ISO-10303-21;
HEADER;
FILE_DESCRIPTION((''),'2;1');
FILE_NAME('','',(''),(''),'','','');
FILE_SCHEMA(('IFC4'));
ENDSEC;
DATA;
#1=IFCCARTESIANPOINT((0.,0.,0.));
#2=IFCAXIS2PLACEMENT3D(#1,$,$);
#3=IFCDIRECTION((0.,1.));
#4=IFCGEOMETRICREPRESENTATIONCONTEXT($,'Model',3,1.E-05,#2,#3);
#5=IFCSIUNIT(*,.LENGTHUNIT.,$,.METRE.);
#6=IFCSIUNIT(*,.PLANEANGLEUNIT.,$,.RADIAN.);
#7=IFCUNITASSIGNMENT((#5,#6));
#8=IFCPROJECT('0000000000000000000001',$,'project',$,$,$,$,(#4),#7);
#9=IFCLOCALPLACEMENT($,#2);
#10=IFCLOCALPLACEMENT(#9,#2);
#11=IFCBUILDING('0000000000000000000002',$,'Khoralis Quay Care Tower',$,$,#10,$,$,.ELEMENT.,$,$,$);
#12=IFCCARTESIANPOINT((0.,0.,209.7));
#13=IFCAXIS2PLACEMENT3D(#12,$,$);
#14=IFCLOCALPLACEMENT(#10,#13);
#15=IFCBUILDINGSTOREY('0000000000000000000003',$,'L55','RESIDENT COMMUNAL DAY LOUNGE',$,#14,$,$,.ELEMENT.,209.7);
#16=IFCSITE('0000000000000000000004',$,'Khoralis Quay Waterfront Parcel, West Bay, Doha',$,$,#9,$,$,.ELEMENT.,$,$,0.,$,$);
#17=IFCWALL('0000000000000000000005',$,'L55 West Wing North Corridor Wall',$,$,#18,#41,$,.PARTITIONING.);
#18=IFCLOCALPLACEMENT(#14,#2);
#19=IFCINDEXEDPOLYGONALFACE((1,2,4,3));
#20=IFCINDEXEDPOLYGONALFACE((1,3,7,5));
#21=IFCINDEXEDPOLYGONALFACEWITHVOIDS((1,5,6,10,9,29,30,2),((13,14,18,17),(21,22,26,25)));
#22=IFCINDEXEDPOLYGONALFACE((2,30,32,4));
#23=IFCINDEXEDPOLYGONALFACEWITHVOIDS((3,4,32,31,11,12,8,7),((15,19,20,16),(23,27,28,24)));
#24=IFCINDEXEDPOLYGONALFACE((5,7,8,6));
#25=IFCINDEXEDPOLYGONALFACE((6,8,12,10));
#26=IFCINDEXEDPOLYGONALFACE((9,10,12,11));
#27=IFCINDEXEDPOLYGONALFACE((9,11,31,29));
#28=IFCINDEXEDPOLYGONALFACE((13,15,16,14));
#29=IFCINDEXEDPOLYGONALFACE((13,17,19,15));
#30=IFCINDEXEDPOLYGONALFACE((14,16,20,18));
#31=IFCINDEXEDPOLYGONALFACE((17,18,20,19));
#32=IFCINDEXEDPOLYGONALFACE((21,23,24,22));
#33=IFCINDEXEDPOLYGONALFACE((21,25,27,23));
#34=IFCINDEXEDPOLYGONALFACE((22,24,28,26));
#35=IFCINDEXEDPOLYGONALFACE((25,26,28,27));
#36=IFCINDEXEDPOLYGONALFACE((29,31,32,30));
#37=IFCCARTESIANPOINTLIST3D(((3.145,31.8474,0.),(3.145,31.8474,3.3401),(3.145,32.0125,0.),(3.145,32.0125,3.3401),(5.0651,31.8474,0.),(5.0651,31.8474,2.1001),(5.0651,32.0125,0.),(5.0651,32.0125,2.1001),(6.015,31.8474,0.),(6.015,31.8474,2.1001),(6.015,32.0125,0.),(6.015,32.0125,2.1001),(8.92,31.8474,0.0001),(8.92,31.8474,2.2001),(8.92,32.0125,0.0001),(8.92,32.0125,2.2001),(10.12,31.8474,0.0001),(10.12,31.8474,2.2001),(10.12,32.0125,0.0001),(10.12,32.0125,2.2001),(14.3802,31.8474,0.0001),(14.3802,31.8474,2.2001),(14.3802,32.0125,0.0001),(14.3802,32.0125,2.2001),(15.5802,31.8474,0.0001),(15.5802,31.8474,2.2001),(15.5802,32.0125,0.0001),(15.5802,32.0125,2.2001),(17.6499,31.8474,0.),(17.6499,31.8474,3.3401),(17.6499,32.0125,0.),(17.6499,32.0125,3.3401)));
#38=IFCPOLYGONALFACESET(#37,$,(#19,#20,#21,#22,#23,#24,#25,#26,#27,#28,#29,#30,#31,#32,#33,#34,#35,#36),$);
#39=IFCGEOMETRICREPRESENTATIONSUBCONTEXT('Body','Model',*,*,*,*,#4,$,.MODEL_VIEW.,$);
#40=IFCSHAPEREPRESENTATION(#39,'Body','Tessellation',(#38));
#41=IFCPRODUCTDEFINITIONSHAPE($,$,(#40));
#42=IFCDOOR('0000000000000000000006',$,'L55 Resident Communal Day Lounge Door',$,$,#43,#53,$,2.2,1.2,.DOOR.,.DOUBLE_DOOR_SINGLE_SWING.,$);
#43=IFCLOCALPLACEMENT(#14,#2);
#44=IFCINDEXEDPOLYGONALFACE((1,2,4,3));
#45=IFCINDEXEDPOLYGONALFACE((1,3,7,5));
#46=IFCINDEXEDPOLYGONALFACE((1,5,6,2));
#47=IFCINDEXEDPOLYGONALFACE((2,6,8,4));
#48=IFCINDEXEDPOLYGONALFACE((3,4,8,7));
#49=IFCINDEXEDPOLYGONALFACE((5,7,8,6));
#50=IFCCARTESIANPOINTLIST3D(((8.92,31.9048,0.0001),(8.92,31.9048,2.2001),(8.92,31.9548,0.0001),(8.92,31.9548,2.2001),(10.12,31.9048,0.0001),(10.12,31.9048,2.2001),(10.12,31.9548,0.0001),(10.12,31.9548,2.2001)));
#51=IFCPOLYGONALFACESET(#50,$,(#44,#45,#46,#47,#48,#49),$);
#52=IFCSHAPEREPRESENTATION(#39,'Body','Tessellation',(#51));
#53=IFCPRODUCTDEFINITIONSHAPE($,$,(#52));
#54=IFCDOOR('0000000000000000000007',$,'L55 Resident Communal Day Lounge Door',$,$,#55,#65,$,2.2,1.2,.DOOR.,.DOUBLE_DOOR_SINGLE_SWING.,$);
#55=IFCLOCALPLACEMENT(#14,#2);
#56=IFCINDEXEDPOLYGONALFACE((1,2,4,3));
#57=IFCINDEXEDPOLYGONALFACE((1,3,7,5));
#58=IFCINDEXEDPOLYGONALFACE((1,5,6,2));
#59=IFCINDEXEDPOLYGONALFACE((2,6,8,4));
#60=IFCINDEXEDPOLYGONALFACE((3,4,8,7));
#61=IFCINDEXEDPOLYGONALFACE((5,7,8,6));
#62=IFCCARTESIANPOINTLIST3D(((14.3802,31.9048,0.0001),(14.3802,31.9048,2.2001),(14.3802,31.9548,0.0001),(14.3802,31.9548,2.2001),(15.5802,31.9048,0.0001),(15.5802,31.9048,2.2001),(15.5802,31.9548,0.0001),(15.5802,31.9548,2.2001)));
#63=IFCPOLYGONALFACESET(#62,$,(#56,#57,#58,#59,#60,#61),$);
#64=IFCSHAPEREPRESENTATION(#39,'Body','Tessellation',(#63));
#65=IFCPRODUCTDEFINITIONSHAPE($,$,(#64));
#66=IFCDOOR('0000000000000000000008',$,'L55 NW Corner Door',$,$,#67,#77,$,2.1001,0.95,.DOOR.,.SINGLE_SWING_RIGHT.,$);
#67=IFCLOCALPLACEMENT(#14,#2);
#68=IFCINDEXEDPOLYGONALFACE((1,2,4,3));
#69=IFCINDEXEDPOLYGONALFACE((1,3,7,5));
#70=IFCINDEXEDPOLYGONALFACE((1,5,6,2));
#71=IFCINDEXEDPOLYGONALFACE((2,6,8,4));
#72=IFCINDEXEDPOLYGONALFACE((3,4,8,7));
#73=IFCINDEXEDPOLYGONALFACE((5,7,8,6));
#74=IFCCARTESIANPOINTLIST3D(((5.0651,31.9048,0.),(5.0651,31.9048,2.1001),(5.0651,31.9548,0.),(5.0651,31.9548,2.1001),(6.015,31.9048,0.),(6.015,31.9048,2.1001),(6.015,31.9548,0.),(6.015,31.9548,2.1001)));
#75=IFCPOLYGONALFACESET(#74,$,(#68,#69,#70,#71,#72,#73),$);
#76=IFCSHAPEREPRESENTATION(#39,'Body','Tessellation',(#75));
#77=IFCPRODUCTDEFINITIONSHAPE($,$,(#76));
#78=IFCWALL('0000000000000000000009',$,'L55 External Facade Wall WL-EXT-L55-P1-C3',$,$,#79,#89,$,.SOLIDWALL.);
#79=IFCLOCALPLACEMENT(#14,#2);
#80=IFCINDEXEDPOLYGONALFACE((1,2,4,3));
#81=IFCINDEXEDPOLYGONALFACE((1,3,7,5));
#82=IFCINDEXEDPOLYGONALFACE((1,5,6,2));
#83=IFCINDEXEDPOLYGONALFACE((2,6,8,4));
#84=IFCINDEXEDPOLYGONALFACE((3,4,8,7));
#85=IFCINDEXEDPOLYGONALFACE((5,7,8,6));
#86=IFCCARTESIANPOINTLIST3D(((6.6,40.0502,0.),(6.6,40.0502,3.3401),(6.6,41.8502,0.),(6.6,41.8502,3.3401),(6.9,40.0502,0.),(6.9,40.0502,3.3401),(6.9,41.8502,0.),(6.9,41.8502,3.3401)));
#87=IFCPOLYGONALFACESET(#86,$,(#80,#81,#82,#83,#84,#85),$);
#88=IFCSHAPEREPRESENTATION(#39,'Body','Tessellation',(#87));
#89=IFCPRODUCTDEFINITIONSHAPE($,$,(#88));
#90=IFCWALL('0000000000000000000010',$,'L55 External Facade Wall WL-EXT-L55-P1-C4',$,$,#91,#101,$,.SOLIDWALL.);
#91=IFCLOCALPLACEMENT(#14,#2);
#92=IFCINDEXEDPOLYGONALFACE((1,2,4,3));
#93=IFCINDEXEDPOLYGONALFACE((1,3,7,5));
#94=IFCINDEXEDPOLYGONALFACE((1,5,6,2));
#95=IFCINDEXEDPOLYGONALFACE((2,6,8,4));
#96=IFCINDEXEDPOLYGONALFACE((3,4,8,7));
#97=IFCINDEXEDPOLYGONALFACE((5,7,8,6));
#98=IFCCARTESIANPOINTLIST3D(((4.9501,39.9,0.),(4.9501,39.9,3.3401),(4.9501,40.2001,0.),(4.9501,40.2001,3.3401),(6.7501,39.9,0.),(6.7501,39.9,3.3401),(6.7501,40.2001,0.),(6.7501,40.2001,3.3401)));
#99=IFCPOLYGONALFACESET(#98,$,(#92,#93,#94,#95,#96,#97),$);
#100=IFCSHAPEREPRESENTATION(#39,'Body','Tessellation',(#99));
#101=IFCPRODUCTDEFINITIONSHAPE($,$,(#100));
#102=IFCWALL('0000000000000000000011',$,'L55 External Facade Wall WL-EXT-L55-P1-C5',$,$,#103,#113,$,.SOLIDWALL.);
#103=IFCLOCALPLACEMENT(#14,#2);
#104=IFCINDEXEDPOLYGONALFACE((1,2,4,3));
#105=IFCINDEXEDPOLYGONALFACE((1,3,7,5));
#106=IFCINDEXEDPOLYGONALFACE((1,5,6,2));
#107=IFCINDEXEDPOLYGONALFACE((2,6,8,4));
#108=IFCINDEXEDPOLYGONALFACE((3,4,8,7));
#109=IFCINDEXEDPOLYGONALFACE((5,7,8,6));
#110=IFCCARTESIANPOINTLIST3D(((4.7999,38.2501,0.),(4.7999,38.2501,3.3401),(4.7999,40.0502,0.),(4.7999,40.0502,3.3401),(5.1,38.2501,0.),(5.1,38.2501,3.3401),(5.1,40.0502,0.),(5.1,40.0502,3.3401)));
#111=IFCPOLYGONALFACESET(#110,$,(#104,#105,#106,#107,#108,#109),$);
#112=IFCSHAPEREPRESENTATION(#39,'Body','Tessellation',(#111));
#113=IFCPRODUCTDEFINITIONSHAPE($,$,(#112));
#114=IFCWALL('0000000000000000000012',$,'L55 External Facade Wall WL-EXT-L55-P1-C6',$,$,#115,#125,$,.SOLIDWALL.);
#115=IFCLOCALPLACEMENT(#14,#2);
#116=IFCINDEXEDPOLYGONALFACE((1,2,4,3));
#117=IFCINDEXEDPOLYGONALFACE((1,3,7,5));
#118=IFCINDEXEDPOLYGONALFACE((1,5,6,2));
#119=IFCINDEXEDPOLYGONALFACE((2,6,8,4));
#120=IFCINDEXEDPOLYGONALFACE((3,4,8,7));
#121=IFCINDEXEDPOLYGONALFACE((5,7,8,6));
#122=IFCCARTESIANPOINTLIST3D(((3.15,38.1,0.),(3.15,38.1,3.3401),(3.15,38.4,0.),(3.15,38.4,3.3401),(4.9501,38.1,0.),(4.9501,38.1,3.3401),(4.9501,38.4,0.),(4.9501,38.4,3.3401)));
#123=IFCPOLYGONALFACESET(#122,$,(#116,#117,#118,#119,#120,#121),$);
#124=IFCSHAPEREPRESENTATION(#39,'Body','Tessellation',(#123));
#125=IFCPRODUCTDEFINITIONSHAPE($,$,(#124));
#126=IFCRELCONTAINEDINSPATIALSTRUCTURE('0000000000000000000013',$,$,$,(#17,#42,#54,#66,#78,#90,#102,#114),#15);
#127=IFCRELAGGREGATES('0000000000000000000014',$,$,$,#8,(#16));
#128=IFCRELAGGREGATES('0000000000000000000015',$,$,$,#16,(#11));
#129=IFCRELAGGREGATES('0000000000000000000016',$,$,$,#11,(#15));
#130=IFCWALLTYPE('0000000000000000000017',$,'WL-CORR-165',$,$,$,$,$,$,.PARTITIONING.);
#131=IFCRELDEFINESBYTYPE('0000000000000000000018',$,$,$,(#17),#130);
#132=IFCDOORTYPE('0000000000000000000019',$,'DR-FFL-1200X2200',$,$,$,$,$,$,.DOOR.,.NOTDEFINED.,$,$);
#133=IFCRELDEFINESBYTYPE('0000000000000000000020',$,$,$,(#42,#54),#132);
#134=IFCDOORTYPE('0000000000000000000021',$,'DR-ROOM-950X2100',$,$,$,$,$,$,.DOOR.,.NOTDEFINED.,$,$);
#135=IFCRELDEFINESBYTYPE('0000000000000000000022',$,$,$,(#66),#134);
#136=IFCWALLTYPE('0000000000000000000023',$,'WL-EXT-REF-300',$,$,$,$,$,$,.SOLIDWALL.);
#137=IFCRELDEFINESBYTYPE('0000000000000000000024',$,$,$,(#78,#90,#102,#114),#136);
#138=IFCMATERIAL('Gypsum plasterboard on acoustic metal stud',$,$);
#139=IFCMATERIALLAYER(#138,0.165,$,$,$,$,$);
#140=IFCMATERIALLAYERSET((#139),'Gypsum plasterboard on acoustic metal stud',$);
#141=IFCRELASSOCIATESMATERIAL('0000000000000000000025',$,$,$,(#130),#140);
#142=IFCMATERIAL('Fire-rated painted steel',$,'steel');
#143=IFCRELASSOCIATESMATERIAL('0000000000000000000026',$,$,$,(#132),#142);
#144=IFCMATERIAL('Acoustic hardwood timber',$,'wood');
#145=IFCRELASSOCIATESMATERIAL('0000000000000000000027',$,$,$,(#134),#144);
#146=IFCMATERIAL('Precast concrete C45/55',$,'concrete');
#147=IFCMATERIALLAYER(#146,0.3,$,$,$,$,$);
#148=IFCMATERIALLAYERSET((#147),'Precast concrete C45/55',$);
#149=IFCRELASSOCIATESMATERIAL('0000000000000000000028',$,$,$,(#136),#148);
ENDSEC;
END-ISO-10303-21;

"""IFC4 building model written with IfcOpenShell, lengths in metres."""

from ifc_helpers import new_model, si_unit, direction, frame, frame_2d, origin, place, context, subcontext, project, spatial, rectangle, extrude, source, transform, mapped, material, layer, layer_set, type_object, element, fill, save


model = new_model("IFC4")

# Units and contexts
model_context = context("Model", 3, precision=1e-05, world=origin(), true_north=direction((0.0, 1.0)))
body_context = subcontext(model_context, "Body", "Model", "MODEL_VIEW")
ifc_project = project(units=[si_unit("LENGTHUNIT", "METRE"), si_unit("PLANEANGLEUNIT", "RADIAN")], contexts=[model_context])

# Site, building, storey
site_placement = place(None, origin())
site = spatial("IfcSite", under=ifc_project, at=site_placement, Name="Khoralis Quay Waterfront Parcel, West Bay, Doha", CompositionType="ELEMENT", RefElevation=0.0)
building_placement = place(site_placement, origin())
building = spatial("IfcBuilding", under=site, at=building_placement, Name="Khoralis Quay Care Tower", CompositionType="ELEMENT")
storey_placement = place(building_placement, frame((0.0, 0.0, 209.7)))
storey = spatial("IfcBuildingStorey", under=building, at=storey_placement, Name="L55", Description="RESIDENT COMMUNAL DAY LOUNGE", CompositionType="ELEMENT", Elevation=209.7)

# Shared definitions
ifc_material_1 = material(Name="Gypsum plasterboard on acoustic metal stud")
ifc_layer_1 = layer(ifc_material_1, 0.165)
ifc_layer_set_1 = layer_set([ifc_layer_1], Name="Gypsum plasterboard on acoustic metal stud")
wall_type_1 = type_object("IfcWallType", Name="WL-CORR-165", PredefinedType="PARTITIONING", material=ifc_layer_set_1)
ifc_material_2 = material(Name="Fire-rated painted steel", Category="steel")
door_type_1 = type_object("IfcDoorType", Name="DR-FFL-1200X2200", OperationType="NOTDEFINED", PredefinedType="DOOR", material=ifc_material_2)
shared_shape_1 = source(origin(), body_context, "Body", "SweptSolid", [
    extrude(rectangle(XDim=1.2, YDim=2.2, at=frame_2d((0.6001, 1.1001))), frame((0.0, 0.0249, 0.0), z_axis=(0.0, -1.0, 0.0), x_axis=(1.0, 0.0, 0.0)), (0.0, 0.0, 1.0), 0.05),
])

# Wall, openings, doors
wall_1_placement = place(storey_placement, frame((3.145, 31.9299, 0.0), z_axis=(0.0, 0.0, 1.0), x_axis=(1.0, 0.0, 0.0)))
wall_1 = element("IfcWall", 1, at=wall_1_placement, inside=storey, type_object=wall_type_1, Name="L55 West Wing North Corridor Wall", PredefinedType="PARTITIONING", context=body_context, shape_type="SweptSolid", body=[
    extrude(rectangle(XDim=14.5049, YDim=0.165, at=frame_2d((7.2524, 0.0))), origin(), (0.0, 0.0, 1.0), 3.3401),
])
opening_1_placement = place(wall_1_placement, frame((5.7749, 0.0, 0.0)))
opening_1 = element("IfcOpeningElement", 2, at=opening_1_placement, cuts=wall_1, PredefinedType="OPENING", context=body_context, shape_type="SweptSolid", body=[
    extrude(rectangle(XDim=1.2, YDim=2.2, at=frame_2d((0.6001, 1.1001))), frame((0.0, 0.0925, 0.0), z_axis=(0.0, -1.0, 0.0), x_axis=(1.0, 0.0, 0.0)), (0.0, 0.0, 1.0), 0.1851),
])
opening_2_placement = place(wall_1_placement, frame((11.2351, 0.0, 0.0)))
opening_2 = element("IfcOpeningElement", 3, at=opening_2_placement, cuts=wall_1, PredefinedType="OPENING", context=body_context, shape_type="SweptSolid", body=[
    extrude(rectangle(XDim=1.2, YDim=2.2, at=frame_2d((0.6001, 1.1001))), frame((0.0, 0.0925, 0.0), z_axis=(0.0, -1.0, 0.0), x_axis=(1.0, 0.0, 0.0)), (0.0, 0.0, 1.0), 0.1851),
])
opening_3_placement = place(wall_1_placement, frame((1.9199, 0.0, 0.0)))
opening_3 = element("IfcOpeningElement", 4, at=opening_3_placement, cuts=wall_1, PredefinedType="OPENING", context=body_context, shape_type="SweptSolid", body=[
    extrude(rectangle(XDim=0.95, YDim=2.1001, at=frame_2d((0.4751, 1.05))), frame((0.0, 0.0925, 0.0), z_axis=(0.0, -1.0, 0.0), x_axis=(1.0, 0.0, 0.0)), (0.0, 0.0, 1.0), 0.1851),
])
door_1_placement = place(opening_1_placement, origin())
door_1 = element("IfcDoor", 5, at=door_1_placement, inside=storey, type_object=door_type_1, Name="L55 Resident Communal Day Lounge Door", OperationType="DOUBLE_DOOR_SINGLE_SWING", OverallHeight=2.2, OverallWidth=1.2, PredefinedType="DOOR", context=body_context, shape_type="MappedRepresentation", body=[
    mapped(shared_shape_1, transform((0.0, 0.0, 0.0), scale=1.0)),
])
fill(opening_1, door_1)
door_2_placement = place(opening_2_placement, origin())
door_2 = element("IfcDoor", 6, at=door_2_placement, inside=storey, type_object=door_type_1, Name="L55 Resident Communal Day Lounge Door", OperationType="DOUBLE_DOOR_SINGLE_SWING", OverallHeight=2.2, OverallWidth=1.2, PredefinedType="DOOR", context=body_context, shape_type="MappedRepresentation", body=[
    mapped(shared_shape_1, transform((0.0, 0.0, 0.0), scale=1.0)),
])
fill(opening_2, door_2)
ifc_material_3 = material(Name="Acoustic hardwood timber", Category="wood")
door_type_2 = type_object("IfcDoorType", Name="DR-ROOM-950X2100", OperationType="NOTDEFINED", PredefinedType="DOOR", material=ifc_material_3)
shared_shape_2 = source(origin(), body_context, "Body", "SweptSolid", [
    extrude(rectangle(XDim=0.95, YDim=2.1001, at=frame_2d((0.4751, 1.05))), frame((0.0, 0.0249, 0.0), z_axis=(0.0, -1.0, 0.0), x_axis=(1.0, 0.0, 0.0)), (0.0, 0.0, 1.0), 0.05),
])
door_3_placement = place(opening_3_placement, origin())
door_3 = element("IfcDoor", 7, at=door_3_placement, inside=storey, type_object=door_type_2, Name="L55 NW Corner Door", OperationType="SINGLE_SWING_RIGHT", OverallHeight=2.1001, OverallWidth=0.95, PredefinedType="DOOR", context=body_context, shape_type="MappedRepresentation", body=[
    mapped(shared_shape_2, transform((0.0, 0.0, 0.0), scale=1.0)),
])
fill(opening_3, door_3)

# Walls
ifc_material_4 = material(Name="Precast concrete C45/55", Category="concrete")
ifc_layer_2 = layer(ifc_material_4, 0.3)
ifc_layer_set_2 = layer_set([ifc_layer_2], Name="Precast concrete C45/55")
wall_type_2 = type_object("IfcWallType", Name="WL-EXT-REF-300", PredefinedType="SOLIDWALL", material=ifc_layer_set_2)
for number, where, z_axis, x_axis, name in (
    (8, (6.75, 41.8501, 0.0), (0.0, 0.0, 1.0), (0.0, -1.0, 0.0), "L55 External Facade Wall WL-EXT-L55-P1-C3"),
    (9, (6.75, 40.05, 0.0), (0.0, 0.0, 1.0), (-1.0, 0.0, 0.0), "L55 External Facade Wall WL-EXT-L55-P1-C4"),
    (10, (4.95, 40.05, 0.0), (0.0, 0.0, 1.0), (0.0, -1.0, 0.0), "L55 External Facade Wall WL-EXT-L55-P1-C5"),
    (11, (4.95, 38.25, 0.0), (0.0, 0.0, 1.0), (-1.0, 0.0, 0.0), "L55 External Facade Wall WL-EXT-L55-P1-C6"),
):
    element("IfcWall", number, at=place(storey_placement, frame(where, z_axis=z_axis, x_axis=x_axis)), inside=storey, type_object=wall_type_2, Name=name, PredefinedType="SOLIDWALL", context=body_context, shape_type="SweptSolid", body=[
        extrude(rectangle(XDim=1.8, YDim=0.3, at=frame_2d((0.8999, 0.0))), origin(), (0.0, 0.0, 1.0), 3.3401),
    ])

save(model, "model.ifc")
